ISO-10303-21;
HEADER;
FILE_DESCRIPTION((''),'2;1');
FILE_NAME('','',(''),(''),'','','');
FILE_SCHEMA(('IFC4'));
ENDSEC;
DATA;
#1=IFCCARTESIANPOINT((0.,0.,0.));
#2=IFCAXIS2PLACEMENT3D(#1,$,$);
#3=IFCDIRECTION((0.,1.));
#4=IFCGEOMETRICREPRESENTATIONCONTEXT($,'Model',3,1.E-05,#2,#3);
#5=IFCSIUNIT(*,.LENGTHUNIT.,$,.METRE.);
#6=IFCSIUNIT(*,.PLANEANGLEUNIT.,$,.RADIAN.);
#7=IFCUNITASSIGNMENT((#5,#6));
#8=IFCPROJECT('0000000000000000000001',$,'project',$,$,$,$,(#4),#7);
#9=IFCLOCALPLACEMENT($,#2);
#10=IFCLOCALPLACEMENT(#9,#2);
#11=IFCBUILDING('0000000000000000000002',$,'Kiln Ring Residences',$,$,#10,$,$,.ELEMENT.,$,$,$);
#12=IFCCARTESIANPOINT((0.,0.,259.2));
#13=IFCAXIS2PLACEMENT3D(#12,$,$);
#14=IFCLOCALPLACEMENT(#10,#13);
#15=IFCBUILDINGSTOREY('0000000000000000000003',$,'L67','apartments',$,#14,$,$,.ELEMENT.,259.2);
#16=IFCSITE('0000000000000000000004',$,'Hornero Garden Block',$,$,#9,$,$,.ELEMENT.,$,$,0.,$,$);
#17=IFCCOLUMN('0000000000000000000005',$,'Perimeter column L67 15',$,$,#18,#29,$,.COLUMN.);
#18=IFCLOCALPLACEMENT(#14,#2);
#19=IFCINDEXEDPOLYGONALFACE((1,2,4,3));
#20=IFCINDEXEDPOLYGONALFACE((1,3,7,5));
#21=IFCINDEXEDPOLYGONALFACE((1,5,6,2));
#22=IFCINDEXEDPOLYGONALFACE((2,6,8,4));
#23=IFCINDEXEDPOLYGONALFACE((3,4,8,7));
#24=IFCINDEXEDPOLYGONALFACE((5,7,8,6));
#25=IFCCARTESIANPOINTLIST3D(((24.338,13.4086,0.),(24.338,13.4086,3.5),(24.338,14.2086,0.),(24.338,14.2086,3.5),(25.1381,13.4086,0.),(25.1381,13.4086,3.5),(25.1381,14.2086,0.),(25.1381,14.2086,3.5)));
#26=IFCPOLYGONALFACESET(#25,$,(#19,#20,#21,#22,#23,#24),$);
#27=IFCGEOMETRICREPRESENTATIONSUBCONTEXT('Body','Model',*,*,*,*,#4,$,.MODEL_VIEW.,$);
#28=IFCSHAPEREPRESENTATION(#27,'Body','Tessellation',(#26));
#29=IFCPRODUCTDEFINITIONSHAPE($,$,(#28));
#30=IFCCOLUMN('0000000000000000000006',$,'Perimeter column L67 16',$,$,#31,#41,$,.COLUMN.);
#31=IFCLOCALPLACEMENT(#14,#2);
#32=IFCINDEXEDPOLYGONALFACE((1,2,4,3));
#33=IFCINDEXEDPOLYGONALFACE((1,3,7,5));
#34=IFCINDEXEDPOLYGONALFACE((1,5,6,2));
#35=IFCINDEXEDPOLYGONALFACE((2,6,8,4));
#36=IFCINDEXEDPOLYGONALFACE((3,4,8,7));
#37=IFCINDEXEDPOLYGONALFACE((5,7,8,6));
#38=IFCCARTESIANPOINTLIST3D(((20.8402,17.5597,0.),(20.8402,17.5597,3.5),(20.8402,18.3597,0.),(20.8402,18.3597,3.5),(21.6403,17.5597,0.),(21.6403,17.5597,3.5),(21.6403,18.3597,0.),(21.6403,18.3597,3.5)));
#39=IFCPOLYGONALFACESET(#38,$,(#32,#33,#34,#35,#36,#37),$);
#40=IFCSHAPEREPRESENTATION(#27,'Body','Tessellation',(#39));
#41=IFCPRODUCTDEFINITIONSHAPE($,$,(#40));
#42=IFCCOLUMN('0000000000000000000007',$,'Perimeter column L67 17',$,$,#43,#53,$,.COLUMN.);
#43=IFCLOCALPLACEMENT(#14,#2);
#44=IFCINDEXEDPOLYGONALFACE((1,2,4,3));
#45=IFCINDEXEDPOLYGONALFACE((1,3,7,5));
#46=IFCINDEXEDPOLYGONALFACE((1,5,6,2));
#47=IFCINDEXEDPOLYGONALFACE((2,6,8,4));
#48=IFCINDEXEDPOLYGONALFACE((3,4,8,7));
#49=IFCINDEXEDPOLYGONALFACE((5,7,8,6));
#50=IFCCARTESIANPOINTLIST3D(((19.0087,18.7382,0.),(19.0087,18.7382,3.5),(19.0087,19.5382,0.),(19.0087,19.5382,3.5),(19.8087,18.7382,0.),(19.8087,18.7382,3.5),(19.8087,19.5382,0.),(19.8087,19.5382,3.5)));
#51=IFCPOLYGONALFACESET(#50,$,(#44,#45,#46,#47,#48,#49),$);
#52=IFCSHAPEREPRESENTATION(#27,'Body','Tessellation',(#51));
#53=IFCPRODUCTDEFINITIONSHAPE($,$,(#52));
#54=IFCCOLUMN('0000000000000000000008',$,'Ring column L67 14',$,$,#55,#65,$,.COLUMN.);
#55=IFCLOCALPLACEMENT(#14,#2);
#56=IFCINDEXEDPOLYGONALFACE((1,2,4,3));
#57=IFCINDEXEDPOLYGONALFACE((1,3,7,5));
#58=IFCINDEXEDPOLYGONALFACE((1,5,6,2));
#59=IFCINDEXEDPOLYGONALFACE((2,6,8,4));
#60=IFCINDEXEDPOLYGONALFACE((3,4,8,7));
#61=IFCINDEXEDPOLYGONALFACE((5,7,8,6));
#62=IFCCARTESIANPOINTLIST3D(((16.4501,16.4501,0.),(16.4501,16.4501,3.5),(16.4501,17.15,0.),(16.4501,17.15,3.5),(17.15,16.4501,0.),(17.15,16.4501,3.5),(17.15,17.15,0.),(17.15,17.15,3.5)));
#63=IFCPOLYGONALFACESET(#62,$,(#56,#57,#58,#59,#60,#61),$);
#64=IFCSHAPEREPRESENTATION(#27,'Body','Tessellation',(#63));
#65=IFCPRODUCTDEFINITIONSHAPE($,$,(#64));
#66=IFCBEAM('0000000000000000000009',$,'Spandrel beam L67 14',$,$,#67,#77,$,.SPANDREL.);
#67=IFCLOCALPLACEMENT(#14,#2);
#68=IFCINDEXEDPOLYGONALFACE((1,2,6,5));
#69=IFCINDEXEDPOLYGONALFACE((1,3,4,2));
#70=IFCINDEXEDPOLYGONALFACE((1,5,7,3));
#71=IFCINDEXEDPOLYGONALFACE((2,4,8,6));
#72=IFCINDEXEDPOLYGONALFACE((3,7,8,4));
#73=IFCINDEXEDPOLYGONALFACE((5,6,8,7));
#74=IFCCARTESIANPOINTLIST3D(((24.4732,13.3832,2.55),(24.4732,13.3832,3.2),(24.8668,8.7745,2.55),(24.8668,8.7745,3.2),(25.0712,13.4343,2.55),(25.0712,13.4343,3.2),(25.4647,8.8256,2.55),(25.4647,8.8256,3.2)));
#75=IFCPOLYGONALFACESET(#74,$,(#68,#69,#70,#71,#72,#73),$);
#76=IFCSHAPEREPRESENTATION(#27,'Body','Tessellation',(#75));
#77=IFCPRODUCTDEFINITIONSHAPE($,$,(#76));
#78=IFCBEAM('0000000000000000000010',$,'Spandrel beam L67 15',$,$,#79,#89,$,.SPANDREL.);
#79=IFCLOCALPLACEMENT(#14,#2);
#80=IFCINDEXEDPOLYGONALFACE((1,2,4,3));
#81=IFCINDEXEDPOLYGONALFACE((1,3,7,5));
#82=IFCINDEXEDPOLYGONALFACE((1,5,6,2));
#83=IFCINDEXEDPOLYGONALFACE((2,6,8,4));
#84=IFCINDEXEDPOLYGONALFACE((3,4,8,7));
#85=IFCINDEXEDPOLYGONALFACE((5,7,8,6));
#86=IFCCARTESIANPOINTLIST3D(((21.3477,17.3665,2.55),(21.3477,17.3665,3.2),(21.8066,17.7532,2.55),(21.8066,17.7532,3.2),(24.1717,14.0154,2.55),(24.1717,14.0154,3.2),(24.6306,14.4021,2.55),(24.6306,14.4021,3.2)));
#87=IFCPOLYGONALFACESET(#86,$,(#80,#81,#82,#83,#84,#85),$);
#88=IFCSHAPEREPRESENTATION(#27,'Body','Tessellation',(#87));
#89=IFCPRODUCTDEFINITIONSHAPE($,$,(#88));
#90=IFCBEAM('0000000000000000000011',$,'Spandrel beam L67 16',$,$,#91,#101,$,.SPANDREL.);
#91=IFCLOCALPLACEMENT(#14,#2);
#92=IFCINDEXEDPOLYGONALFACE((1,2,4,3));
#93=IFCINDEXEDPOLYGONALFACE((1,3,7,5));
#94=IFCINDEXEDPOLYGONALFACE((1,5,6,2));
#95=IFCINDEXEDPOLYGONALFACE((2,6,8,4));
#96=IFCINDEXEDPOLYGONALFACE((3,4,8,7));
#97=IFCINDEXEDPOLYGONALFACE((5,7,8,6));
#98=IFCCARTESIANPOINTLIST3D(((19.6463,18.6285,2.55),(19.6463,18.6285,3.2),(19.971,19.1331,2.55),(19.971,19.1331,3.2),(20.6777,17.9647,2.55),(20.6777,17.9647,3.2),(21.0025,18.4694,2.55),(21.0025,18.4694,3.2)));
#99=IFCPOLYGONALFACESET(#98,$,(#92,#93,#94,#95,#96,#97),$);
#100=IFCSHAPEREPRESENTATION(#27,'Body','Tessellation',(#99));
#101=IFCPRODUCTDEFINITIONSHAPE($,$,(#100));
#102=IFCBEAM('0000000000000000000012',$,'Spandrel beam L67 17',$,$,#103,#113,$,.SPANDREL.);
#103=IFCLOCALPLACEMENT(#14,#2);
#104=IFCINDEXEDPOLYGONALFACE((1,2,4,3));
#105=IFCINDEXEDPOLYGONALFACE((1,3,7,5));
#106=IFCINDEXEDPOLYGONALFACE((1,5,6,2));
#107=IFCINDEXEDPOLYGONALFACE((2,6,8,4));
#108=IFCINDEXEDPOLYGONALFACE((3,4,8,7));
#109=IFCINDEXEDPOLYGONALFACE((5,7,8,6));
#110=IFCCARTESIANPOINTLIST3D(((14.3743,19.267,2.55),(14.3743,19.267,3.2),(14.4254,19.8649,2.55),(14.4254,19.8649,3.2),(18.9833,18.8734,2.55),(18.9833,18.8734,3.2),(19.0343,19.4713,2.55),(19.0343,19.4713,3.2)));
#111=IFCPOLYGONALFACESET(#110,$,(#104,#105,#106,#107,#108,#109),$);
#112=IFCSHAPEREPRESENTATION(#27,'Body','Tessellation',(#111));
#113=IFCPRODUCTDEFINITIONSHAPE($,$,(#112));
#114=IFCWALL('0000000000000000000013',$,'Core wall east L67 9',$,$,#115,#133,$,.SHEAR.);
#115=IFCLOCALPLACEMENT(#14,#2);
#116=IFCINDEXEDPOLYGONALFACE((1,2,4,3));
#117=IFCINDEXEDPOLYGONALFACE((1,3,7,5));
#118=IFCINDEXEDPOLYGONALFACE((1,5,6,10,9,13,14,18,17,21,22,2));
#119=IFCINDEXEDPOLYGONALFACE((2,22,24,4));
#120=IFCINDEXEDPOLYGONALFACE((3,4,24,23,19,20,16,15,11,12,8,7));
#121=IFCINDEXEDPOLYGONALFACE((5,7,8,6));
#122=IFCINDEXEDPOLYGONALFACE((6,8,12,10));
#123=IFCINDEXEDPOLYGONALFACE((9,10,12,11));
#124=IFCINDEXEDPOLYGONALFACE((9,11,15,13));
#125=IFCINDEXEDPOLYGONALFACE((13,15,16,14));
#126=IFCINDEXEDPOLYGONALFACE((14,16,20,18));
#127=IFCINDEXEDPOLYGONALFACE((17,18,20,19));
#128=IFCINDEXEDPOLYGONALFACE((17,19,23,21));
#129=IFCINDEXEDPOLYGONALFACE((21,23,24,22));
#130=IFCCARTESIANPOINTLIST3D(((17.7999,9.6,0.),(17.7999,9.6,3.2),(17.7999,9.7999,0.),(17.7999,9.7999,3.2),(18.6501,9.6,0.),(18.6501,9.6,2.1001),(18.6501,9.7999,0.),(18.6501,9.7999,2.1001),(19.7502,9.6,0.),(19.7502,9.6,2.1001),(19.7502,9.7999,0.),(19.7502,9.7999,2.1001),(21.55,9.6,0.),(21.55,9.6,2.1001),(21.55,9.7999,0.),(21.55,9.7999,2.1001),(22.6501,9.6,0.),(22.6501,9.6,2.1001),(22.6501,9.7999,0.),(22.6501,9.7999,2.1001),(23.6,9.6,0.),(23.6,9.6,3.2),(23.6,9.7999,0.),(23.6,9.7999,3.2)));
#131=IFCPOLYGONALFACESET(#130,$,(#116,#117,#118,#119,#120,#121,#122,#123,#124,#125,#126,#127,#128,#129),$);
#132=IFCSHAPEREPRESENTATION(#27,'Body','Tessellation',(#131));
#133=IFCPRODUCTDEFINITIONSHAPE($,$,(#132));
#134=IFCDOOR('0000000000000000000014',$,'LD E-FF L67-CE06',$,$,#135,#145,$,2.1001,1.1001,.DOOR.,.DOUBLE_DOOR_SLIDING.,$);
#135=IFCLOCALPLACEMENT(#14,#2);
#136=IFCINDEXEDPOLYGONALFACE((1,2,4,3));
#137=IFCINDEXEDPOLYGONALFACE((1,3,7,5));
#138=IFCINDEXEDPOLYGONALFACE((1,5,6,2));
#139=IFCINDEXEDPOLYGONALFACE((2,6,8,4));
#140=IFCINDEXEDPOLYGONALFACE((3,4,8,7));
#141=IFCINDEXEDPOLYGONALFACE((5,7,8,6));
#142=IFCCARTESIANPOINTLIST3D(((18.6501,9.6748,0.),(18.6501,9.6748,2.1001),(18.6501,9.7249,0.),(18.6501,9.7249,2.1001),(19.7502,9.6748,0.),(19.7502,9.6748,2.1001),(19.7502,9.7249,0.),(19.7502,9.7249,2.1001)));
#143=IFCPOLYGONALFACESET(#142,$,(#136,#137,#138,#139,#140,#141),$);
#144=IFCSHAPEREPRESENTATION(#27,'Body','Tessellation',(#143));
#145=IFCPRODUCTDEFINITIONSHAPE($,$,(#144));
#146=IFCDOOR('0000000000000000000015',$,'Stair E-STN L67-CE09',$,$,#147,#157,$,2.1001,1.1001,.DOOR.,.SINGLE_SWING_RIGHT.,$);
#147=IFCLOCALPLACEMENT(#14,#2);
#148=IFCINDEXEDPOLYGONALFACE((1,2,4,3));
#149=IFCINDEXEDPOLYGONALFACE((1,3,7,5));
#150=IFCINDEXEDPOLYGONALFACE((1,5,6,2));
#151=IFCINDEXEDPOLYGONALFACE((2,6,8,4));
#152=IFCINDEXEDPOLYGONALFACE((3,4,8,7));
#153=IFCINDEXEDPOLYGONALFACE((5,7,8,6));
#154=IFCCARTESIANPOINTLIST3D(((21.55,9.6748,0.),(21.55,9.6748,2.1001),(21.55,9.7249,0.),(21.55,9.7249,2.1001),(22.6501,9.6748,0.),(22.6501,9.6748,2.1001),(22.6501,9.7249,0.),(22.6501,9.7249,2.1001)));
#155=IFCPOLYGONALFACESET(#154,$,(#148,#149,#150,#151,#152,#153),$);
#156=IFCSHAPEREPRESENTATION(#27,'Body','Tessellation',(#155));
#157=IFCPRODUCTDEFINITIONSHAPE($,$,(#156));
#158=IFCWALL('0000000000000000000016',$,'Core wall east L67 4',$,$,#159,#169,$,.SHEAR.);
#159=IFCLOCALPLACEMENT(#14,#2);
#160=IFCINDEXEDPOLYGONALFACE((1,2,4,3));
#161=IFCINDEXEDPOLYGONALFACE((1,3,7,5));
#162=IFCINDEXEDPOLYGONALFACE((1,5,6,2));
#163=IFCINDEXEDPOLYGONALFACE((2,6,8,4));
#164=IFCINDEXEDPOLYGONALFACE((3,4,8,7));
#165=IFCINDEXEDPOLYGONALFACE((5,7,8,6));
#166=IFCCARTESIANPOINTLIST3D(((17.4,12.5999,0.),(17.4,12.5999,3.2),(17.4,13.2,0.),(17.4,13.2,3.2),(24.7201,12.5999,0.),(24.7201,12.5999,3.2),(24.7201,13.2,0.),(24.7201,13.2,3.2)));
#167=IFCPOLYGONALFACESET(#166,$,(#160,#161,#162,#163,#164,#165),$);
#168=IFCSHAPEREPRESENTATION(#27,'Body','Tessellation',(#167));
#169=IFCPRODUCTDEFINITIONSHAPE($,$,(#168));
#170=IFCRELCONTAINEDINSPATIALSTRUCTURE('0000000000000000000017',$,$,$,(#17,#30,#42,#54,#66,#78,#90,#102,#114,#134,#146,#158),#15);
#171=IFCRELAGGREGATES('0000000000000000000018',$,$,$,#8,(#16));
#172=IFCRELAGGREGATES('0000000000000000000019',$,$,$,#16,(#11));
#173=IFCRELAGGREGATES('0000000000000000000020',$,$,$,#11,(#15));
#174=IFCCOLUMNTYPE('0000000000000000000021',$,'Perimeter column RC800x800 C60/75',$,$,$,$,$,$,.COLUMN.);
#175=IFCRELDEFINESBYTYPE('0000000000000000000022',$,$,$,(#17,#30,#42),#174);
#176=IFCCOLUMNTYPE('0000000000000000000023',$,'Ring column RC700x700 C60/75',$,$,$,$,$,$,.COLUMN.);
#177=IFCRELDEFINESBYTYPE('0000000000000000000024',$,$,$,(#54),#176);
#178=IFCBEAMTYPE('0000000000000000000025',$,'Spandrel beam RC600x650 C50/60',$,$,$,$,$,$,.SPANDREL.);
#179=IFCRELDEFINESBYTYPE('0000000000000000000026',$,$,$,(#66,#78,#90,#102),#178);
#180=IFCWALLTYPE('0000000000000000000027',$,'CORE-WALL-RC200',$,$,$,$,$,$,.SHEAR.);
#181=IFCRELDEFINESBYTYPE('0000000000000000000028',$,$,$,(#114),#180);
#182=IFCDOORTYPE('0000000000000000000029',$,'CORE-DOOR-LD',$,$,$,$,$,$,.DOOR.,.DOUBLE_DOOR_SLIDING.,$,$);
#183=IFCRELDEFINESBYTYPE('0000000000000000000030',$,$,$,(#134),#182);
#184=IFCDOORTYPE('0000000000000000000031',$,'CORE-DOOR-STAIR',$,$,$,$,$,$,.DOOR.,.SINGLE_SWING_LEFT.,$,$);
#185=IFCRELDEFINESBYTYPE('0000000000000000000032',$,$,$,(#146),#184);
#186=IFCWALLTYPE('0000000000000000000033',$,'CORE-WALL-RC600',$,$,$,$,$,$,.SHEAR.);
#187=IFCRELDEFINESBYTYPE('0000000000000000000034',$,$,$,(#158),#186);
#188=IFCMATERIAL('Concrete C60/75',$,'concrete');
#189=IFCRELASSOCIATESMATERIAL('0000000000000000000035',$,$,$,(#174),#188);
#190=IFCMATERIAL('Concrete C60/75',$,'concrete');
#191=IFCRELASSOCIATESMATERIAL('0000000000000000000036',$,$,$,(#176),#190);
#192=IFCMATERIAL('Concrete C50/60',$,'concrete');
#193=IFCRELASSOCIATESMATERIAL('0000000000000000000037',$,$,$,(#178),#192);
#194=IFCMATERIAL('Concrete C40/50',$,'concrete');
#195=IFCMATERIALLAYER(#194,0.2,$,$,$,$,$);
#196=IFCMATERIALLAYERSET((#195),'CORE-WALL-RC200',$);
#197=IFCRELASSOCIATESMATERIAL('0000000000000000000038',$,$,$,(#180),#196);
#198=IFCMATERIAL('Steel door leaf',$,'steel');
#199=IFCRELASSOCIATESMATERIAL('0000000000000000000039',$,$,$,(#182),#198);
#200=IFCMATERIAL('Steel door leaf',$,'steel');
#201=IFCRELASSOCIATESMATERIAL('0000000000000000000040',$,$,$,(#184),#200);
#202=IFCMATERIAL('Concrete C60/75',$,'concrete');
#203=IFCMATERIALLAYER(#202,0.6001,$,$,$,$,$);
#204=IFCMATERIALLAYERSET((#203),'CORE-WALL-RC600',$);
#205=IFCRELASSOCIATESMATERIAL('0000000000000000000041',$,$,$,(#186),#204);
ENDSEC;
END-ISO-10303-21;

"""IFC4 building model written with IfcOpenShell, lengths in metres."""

from ifc_helpers import new_model, si_unit, direction, frame, frame_2d, origin, origin_2d, place, context, subcontext, project, spatial, rectangle, extrude, material, layer, layer_set, material_profile, profile_set, type_object, element, fill, save


model = new_model("IFC4")

# Units and contexts
model_context = context("Model", 3, precision=1e-05, world=origin(), true_north=direction((0.0, 1.0)))
body_context = subcontext(model_context, "Body", "Model", "MODEL_VIEW")
ifc_project = project(units=[si_unit("LENGTHUNIT", "METRE"), si_unit("PLANEANGLEUNIT", "RADIAN")], contexts=[model_context])

# Site, building, storey
site_placement = place(None, origin())
site = spatial("IfcSite", under=ifc_project, at=site_placement, Name="Hornero Garden Block", CompositionType="ELEMENT", RefElevation=0.0)
building_placement = place(site_placement, origin())
building = spatial("IfcBuilding", under=site, at=building_placement, Name="Kiln Ring Residences", CompositionType="ELEMENT")
storey_placement = place(building_placement, frame((0.0, 0.0, 259.2)))
storey = spatial("IfcBuildingStorey", under=building, at=storey_placement, Name="L67", Description="apartments", CompositionType="ELEMENT", Elevation=259.2)

# Columns
ifc_material_1 = material(Name="Concrete C60/75", Category="concrete")
ifc_material_profile_1 = material_profile(ifc_material_1, rectangle(XDim=0.8, YDim=0.8, at=origin_2d()), Name="RC800x800")
ifc_profile_set_1 = profile_set([ifc_material_profile_1], Name="Concrete C60/75")
column_type_1 = type_object("IfcColumnType", Name="Perimeter column RC800x800 C60/75", PredefinedType="COLUMN", material=ifc_profile_set_1)
for number, where, z_axis, x_axis, name in (
    (1, (24.738, 13.8086, 0.0), (0.0, 0.0, 1.0), (1.0, 0.0, 0.0), "Perimeter column L67 15"),
    (2, (21.2402, 17.9597, 0.0), (0.0, 0.0, 1.0), (1.0, 0.0, 0.0), "Perimeter column L67 16"),
    (3, (19.4087, 19.1382, 0.0), (0.0, 0.0, 1.0), (1.0, 0.0, 0.0), "Perimeter column L67 17"),
):
    element("IfcColumn", number, at=place(storey_placement, frame(where, z_axis=z_axis, x_axis=x_axis)), inside=storey, type_object=column_type_1, Name=name, PredefinedType="COLUMN", context=body_context, shape_type="SweptSolid", body=[
        extrude(rectangle(XDim=0.8, YDim=0.8, at=origin_2d()), origin(), (0.0, 0.0, 1.0), 3.5),
    ])
ifc_material_2 = material(Name="Concrete C60/75", Category="concrete")
ifc_material_profile_2 = material_profile(ifc_material_2, rectangle(XDim=0.7, YDim=0.7, at=origin_2d()), Name="RC700x700")
ifc_profile_set_2 = profile_set([ifc_material_profile_2], Name="Concrete C60/75")
column_type_2 = type_object("IfcColumnType", Name="Ring column RC700x700 C60/75", PredefinedType="COLUMN", material=ifc_profile_set_2)
column_placement = place(storey_placement, frame((16.8, 16.8, 0.0), z_axis=(0.0, 0.0, 1.0), x_axis=(1.0, 0.0, 0.0)))
element("IfcColumn", 4, at=column_placement, inside=storey, type_object=column_type_2, Name="Ring column L67 14", PredefinedType="COLUMN", context=body_context, shape_type="SweptSolid", body=[
    extrude(rectangle(XDim=0.7, YDim=0.7, at=origin_2d()), origin(), (0.0, 0.0, 1.0), 3.5),
])

# Beams
ifc_material_3 = material(Name="Concrete C50/60", Category="concrete")
ifc_material_profile_3 = material_profile(ifc_material_3, rectangle(XDim=0.6001, YDim=0.6499, at=origin_2d()), Name="RC600x650")
ifc_profile_set_3 = profile_set([ifc_material_profile_3], Name="Concrete C50/60")
beam_type = type_object("IfcBeamType", Name="Spandrel beam RC600x650 C50/60", PredefinedType="SPANDREL", material=ifc_profile_set_3)
beam_1_placement = place(storey_placement, frame((25.1658, 8.8, 2.875), z_axis=(-0.085085, 0.996374, 0.0), x_axis=(-0.996374, -0.085085, 0.0)))
element("IfcBeam", 5, at=beam_1_placement, inside=storey, type_object=beam_type, Name="Spandrel beam L67 14", PredefinedType="SPANDREL", context=body_context, shape_type="SweptSolid", body=[
    extrude(rectangle(XDim=0.6001, YDim=0.6499, at=origin_2d()), origin(), (0.0, 0.0, 1.0), 4.6255),
])
beam_2_placement = place(storey_placement, frame((24.4011, 14.2087, 2.875), z_axis=(-0.644405, 0.764684, 0.0), x_axis=(-0.764684, -0.644405, 0.0)))
element("IfcBeam", 6, at=beam_2_placement, inside=storey, type_object=beam_type, Name="Spandrel beam L67 15", PredefinedType="SPANDREL", context=body_context, shape_type="SweptSolid", body=[
    extrude(rectangle(XDim=0.6001, YDim=0.6499, at=origin_2d()), origin(), (0.0, 0.0, 1.0), 4.3823),
])
beam_3_placement = place(storey_placement, frame((20.8401, 18.217, 2.875), z_axis=(-0.840913, 0.54117, 0.0), x_axis=(-0.54117, -0.840913, 0.0)))
element("IfcBeam", 7, at=beam_3_placement, inside=storey, type_object=beam_type, Name="Spandrel beam L67 16", PredefinedType="SPANDREL", context=body_context, shape_type="SweptSolid", body=[
    extrude(rectangle(XDim=0.6001, YDim=0.6499, at=origin_2d()), origin(), (0.0, 0.0, 1.0), 1.2266),
])
beam_4_placement = place(storey_placement, frame((19.0088, 19.1724, 2.875), z_axis=(-0.996374, 0.085081, 0.0), x_axis=(-0.085081, -0.996374, 0.0)))
element("IfcBeam", 8, at=beam_4_placement, inside=storey, type_object=beam_type, Name="Spandrel beam L67 17", PredefinedType="SPANDREL", context=body_context, shape_type="SweptSolid", body=[
    extrude(rectangle(XDim=0.6001, YDim=0.6499, at=origin_2d()), origin(), (0.0, 0.0, 1.0), 4.6257),
])

# Wall, openings, doors
ifc_material_4 = material(Name="Concrete C40/50", Category="concrete")
ifc_layer_1 = layer(ifc_material_4, 0.2)
ifc_layer_set_1 = layer_set([ifc_layer_1], Name="CORE-WALL-RC200")
wall_type_1 = type_object("IfcWallType", Name="CORE-WALL-RC200", PredefinedType="SHEAR", material=ifc_layer_set_1)
wall_1_placement = place(storey_placement, frame((17.8, 9.7, 0.0), z_axis=(0.0, 0.0, 1.0), x_axis=(1.0, 0.0, 0.0)))
wall_1 = element("IfcWall", 9, at=wall_1_placement, inside=storey, type_object=wall_type_1, Name="Core wall east L67 9", PredefinedType="SHEAR", context=body_context, shape_type="SweptSolid", body=[
    extrude(rectangle(XDim=5.8, YDim=0.2, at=frame_2d((2.8999, 0.0))), origin(), (0.0, 0.0, 1.0), 3.2),
])
opening_1_placement = place(wall_1_placement, frame((0.8501, 0.0, 0.0)))
opening_1 = element("IfcOpeningElement", 10, at=opening_1_placement, cuts=wall_1, PredefinedType="OPENING", context=body_context, shape_type="SweptSolid", body=[
    extrude(rectangle(XDim=1.1001, YDim=2.1001, at=frame_2d((0.55, 1.05))), frame((0.0, 0.1099, 0.0), z_axis=(0.0, -1.0, 0.0), x_axis=(1.0, 0.0, 0.0)), (0.0, 0.0, 1.0), 0.22),
])
opening_2_placement = place(wall_1_placement, frame((3.75, 0.0, 0.0)))
opening_2 = element("IfcOpeningElement", 11, at=opening_2_placement, cuts=wall_1, PredefinedType="OPENING", context=body_context, shape_type="SweptSolid", body=[
    extrude(rectangle(XDim=1.1001, YDim=2.1001, at=frame_2d((0.55, 1.05))), frame((0.0, 0.1099, 0.0), z_axis=(0.0, -1.0, 0.0), x_axis=(1.0, 0.0, 0.0)), (0.0, 0.0, 1.0), 0.22),
])
ifc_material_5 = material(Name="Steel door leaf", Category="steel")
door_type_1 = type_object("IfcDoorType", Name="CORE-DOOR-LD", OperationType="DOUBLE_DOOR_SLIDING", PredefinedType="DOOR", material=ifc_material_5)
door_1_placement = place(opening_1_placement, origin())
door_1 = element("IfcDoor", 12, at=door_1_placement, inside=storey, type_object=door_type_1, Name="LD E-FF L67-CE06", OperationType="DOUBLE_DOOR_SLIDING", OverallHeight=2.1001, OverallWidth=1.1001, PredefinedType="DOOR", context=body_context, shape_type="SweptSolid", body=[
    extrude(rectangle(XDim=1.1001, YDim=2.1001, at=frame_2d((0.55, 1.05))), frame((0.0, 0.0249, 0.0), z_axis=(0.0, -1.0, 0.0), x_axis=(1.0, 0.0, 0.0)), (0.0, 0.0, 1.0), 0.05),
])
fill(opening_1, door_1)
ifc_material_6 = material(Name="Steel door leaf", Category="steel")
door_type_2 = type_object("IfcDoorType", Name="CORE-DOOR-STAIR", OperationType="SINGLE_SWING_LEFT", PredefinedType="DOOR", material=ifc_material_6)
door_2_placement = place(opening_2_placement, origin())
door_2 = element("IfcDoor", 13, at=door_2_placement, inside=storey, type_object=door_type_2, Name="Stair E-STN L67-CE09", OperationType="SINGLE_SWING_RIGHT", OverallHeight=2.1001, OverallWidth=1.1001, PredefinedType="DOOR", context=body_context, shape_type="SweptSolid", body=[
    extrude(rectangle(XDim=1.1001, YDim=2.1001, at=frame_2d((0.55, 1.05))), frame((0.0, 0.0249, 0.0), z_axis=(0.0, -1.0, 0.0), x_axis=(1.0, 0.0, 0.0)), (0.0, 0.0, 1.0), 0.05),
])
fill(opening_2, door_2)

# Wall
ifc_material_7 = material(Name="Concrete C60/75", Category="concrete")
ifc_layer_2 = layer(ifc_material_7, 0.6001)
ifc_layer_set_2 = layer_set([ifc_layer_2], Name="CORE-WALL-RC600")
wall_type_2 = type_object("IfcWallType", Name="CORE-WALL-RC600", PredefinedType="SHEAR", material=ifc_layer_set_2)
wall_2_placement = place(storey_placement, frame((17.3999, 12.8999, 0.0), z_axis=(0.0, 0.0, 1.0), x_axis=(1.0, 0.0, 0.0)))
element("IfcWall", 14, at=wall_2_placement, inside=storey, type_object=wall_type_2, Name="Core wall east L67 4", PredefinedType="SHEAR", context=body_context, shape_type="SweptSolid", body=[
    extrude(rectangle(XDim=7.3201, YDim=0.6001, at=frame_2d((3.6602, 0.0))), origin(), (0.0, 0.0, 1.0), 3.2),
])

save(model, "model.ifc")
